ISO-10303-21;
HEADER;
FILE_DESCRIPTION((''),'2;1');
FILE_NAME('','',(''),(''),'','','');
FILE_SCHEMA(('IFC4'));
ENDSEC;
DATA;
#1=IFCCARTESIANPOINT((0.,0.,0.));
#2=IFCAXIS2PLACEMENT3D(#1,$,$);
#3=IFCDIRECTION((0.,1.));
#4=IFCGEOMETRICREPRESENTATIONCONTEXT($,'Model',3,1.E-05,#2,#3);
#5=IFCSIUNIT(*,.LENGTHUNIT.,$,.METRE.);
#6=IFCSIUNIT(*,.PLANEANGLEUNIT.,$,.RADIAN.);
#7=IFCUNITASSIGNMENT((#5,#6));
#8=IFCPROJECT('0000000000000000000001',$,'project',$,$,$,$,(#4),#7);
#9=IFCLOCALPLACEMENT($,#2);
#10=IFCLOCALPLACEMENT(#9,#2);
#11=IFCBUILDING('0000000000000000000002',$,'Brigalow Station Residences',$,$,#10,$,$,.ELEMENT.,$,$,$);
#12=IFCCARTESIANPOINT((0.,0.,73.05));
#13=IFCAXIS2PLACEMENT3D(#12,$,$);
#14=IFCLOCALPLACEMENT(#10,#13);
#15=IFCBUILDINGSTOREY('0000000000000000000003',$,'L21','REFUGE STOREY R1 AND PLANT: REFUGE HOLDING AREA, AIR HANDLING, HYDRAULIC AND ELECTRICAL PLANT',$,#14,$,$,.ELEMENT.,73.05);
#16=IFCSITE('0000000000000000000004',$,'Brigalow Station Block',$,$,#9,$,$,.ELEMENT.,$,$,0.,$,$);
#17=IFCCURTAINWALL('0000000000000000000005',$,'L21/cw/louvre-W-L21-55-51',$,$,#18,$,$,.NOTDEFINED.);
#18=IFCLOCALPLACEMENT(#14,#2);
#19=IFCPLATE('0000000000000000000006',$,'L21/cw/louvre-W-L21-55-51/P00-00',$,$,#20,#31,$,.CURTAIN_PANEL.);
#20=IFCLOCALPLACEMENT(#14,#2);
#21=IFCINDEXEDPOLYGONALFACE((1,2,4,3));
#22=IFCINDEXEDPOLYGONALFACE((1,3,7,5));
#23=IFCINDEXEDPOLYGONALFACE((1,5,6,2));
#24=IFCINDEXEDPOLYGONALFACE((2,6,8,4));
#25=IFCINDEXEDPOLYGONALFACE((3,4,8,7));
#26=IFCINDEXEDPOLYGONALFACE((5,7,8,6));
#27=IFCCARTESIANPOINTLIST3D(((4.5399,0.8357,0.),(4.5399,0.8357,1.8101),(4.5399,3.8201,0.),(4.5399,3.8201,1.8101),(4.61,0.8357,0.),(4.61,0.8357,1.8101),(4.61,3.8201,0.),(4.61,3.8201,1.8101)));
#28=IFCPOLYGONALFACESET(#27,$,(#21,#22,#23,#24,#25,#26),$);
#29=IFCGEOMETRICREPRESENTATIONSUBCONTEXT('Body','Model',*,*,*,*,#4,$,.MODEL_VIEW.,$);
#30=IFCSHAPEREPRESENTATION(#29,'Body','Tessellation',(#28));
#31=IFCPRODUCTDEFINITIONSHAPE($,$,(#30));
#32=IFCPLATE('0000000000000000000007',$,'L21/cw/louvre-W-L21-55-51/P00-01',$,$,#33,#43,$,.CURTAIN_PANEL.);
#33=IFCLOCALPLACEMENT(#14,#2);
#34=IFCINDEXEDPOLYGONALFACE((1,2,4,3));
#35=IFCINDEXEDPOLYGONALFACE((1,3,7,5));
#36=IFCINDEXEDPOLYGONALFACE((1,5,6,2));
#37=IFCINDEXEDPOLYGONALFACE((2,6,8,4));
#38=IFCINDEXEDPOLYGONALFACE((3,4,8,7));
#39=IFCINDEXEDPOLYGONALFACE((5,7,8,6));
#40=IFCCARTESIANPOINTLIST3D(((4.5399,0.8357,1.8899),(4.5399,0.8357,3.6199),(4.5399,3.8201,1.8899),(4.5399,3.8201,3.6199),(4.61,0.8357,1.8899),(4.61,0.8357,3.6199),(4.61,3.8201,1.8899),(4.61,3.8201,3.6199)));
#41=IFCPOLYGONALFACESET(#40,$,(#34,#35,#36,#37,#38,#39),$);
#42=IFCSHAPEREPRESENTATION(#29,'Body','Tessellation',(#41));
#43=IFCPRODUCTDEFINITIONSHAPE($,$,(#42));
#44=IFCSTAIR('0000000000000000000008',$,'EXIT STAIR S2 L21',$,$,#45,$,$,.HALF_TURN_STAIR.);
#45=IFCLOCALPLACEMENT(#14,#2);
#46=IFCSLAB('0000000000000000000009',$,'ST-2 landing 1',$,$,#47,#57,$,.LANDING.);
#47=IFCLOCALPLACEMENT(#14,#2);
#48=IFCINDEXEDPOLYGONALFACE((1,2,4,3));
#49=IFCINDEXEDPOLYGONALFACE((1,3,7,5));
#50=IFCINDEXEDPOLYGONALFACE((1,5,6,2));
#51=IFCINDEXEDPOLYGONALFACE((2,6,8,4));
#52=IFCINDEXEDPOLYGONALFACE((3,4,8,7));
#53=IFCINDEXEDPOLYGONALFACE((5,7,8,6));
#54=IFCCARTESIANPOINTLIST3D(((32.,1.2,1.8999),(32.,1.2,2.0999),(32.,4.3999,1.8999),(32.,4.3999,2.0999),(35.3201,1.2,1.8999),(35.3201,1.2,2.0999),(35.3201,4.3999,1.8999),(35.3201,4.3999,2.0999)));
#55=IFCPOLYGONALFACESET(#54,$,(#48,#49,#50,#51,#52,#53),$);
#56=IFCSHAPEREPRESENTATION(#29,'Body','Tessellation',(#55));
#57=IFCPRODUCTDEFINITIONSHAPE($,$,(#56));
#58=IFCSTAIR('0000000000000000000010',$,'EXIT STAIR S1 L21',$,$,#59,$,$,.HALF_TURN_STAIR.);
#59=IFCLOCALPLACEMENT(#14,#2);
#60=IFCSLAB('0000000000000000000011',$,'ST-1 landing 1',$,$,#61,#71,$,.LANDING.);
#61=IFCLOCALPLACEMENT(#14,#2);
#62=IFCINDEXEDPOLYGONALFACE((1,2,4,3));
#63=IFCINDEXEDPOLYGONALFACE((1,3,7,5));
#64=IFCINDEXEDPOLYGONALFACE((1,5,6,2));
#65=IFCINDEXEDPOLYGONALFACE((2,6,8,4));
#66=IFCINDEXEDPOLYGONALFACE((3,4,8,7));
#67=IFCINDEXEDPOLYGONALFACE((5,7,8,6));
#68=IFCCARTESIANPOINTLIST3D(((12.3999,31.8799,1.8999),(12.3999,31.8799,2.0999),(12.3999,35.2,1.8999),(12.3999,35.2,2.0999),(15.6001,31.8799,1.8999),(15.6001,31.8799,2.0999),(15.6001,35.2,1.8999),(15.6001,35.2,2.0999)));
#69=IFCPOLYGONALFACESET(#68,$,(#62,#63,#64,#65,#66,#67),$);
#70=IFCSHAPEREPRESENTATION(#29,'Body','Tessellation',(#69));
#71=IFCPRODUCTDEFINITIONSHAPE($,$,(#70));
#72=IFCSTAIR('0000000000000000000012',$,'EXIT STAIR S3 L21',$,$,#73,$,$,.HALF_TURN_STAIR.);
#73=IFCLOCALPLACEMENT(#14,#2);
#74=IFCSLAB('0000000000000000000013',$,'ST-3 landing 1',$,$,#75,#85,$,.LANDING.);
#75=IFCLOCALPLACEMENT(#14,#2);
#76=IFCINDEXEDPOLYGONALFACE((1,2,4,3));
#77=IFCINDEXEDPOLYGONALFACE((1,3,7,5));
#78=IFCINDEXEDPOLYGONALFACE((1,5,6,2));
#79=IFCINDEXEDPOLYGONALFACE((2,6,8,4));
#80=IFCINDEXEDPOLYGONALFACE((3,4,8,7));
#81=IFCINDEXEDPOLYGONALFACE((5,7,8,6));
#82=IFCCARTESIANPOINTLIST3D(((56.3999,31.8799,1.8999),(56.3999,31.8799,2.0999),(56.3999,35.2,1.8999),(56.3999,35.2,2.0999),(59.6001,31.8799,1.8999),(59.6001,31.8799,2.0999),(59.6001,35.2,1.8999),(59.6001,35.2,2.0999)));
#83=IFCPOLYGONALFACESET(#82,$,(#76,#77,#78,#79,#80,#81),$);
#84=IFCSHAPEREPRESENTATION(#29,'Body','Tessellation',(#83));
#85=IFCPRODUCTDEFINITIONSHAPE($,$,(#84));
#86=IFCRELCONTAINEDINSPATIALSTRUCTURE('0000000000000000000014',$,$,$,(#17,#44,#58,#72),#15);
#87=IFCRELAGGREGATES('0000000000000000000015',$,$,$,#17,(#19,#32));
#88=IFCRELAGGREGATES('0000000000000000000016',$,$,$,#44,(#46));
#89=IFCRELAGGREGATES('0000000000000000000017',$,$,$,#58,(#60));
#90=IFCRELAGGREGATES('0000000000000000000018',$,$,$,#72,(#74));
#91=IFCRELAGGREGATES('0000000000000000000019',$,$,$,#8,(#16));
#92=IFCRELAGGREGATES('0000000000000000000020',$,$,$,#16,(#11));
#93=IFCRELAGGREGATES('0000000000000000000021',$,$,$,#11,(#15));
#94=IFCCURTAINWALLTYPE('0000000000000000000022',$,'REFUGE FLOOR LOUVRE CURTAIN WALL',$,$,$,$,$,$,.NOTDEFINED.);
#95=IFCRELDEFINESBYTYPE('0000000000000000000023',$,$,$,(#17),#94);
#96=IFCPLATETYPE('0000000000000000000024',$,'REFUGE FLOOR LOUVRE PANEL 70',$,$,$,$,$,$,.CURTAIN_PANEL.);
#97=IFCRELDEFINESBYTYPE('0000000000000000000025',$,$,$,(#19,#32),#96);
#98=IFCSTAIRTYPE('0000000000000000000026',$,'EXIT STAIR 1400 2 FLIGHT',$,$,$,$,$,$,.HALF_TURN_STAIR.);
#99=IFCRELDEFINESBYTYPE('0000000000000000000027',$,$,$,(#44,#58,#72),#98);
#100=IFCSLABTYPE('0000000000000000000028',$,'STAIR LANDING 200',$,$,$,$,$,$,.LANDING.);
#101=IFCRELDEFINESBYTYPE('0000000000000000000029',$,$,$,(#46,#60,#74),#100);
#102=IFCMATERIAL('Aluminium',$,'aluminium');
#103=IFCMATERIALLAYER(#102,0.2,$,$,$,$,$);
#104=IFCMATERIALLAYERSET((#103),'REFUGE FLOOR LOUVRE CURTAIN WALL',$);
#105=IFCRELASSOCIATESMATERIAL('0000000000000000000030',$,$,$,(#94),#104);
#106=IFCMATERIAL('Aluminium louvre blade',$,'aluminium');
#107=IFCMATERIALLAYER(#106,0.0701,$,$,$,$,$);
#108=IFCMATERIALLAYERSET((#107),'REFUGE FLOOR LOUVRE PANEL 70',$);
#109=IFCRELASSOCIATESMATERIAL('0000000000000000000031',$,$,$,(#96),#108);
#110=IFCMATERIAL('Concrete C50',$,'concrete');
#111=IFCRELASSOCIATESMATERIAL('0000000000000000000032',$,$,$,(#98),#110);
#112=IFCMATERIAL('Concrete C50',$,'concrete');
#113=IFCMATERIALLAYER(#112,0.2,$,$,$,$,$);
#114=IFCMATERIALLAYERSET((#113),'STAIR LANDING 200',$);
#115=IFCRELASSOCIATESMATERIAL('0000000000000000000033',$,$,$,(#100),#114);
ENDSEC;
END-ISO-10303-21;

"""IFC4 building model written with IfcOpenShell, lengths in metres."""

from ifc_helpers import new_model, si_unit, direction, frame, origin, origin_2d, place, context, subcontext, project, spatial, polyline, rectangle, outline, extrude, material, layer, layer_set, type_object, element, aggregate, save


model = new_model("IFC4")

# Units and contexts
model_context = context("Model", 3, precision=1e-05, world=origin(), true_north=direction((0.0, 1.0)))
body_context = subcontext(model_context, "Body", "Model", "MODEL_VIEW")
ifc_project = project(units=[si_unit("LENGTHUNIT", "METRE"), si_unit("PLANEANGLEUNIT", "RADIAN")], contexts=[model_context])

# Site, building, storey
site_placement = place(None, origin())
site = spatial("IfcSite", under=ifc_project, at=site_placement, Name="Brigalow Station Block", CompositionType="ELEMENT", RefElevation=0.0)
building_placement = place(site_placement, origin())
building = spatial("IfcBuilding", under=site, at=building_placement, Name="Brigalow Station Residences", CompositionType="ELEMENT")
storey_placement = place(building_placement, frame((0.0, 0.0, 73.05)))
storey = spatial("IfcBuildingStorey", under=building, at=storey_placement, Name="L21", Description="REFUGE STOREY R1 AND PLANT: REFUGE HOLDING AREA, AIR HANDLING, HYDRAULIC AND ELECTRICAL PLANT", CompositionType="ELEMENT", Elevation=73.05)

# Shared definitions
ifc_material_1 = material(Name="Aluminium", Category="aluminium")
ifc_layer_1 = layer(ifc_material_1, 0.2)
ifc_layer_set_1 = layer_set([ifc_layer_1], Name="REFUGE FLOOR LOUVRE CURTAIN WALL")
curtain_wall_type = type_object("IfcCurtainWallType", Name="REFUGE FLOOR LOUVRE CURTAIN WALL", PredefinedType="NOTDEFINED", material=ifc_layer_set_1)

# Curtain wall
curtain_wall_1_placement = place(storey_placement, origin())
curtain_wall_1 = element("IfcCurtainWall", 1, at=curtain_wall_1_placement, inside=storey, type_object=curtain_wall_type, Name="L21/cw/louvre-W-L21-55-51", PredefinedType="NOTDEFINED")

# Plates
ifc_material_2 = material(Name="Aluminium louvre blade", Category="aluminium")
ifc_layer_2 = layer(ifc_material_2, 0.0701)
ifc_layer_set_2 = layer_set([ifc_layer_2], Name="REFUGE FLOOR LOUVRE PANEL 70")
plate_type = type_object("IfcPlateType", Name="REFUGE FLOOR LOUVRE PANEL 70", PredefinedType="CURTAIN_PANEL", material=ifc_layer_set_2)
plate_1_placement = place(storey_placement, frame((4.575, 2.3279, 0.0), z_axis=(0.0, 0.0, 1.0), x_axis=(0.0, -1.0, 0.0)))
plate_1 = element("IfcPlate", 2, at=plate_1_placement, type_object=plate_type, Name="L21/cw/louvre-W-L21-55-51/P00-00", PredefinedType="CURTAIN_PANEL", context=body_context, shape_type="SweptSolid", body=[
    extrude(rectangle(XDim=2.9844, YDim=0.0701, at=origin_2d()), origin(), (0.0, 0.0, 1.0), 1.8101),
])
plate_2_placement = place(storey_placement, frame((4.575, 2.3279, 1.8899), z_axis=(0.0, 0.0, 1.0), x_axis=(0.0, -1.0, 0.0)))
plate_2 = element("IfcPlate", 3, at=plate_2_placement, type_object=plate_type, Name="L21/cw/louvre-W-L21-55-51/P00-01", PredefinedType="CURTAIN_PANEL", context=body_context, shape_type="SweptSolid", body=[
    extrude(rectangle(XDim=2.9844, YDim=0.0701, at=origin_2d()), origin(), (0.0, 0.0, 1.0), 1.73),
])
aggregate(curtain_wall_1, [plate_1, plate_2])

# Stairs, slabs
ifc_material_3 = material(Name="Concrete C50", Category="concrete")
stair_type = type_object("IfcStairType", Name="EXIT STAIR 1400 2 FLIGHT", PredefinedType="HALF_TURN_STAIR", material=ifc_material_3)
stair_1_placement = place(storey_placement, origin())
stair_1 = element("IfcStair", 4, at=stair_1_placement, inside=storey, type_object=stair_type, Name="EXIT STAIR S2 L21", PredefinedType="HALF_TURN_STAIR")
ifc_material_4 = material(Name="Concrete C50", Category="concrete")
ifc_layer_3 = layer(ifc_material_4, 0.2)
ifc_layer_set_3 = layer_set([ifc_layer_3], Name="STAIR LANDING 200")
slab_type_1 = type_object("IfcSlabType", Name="STAIR LANDING 200", PredefinedType="LANDING", material=ifc_layer_set_3)
slab_1_placement = place(storey_placement, frame((0.0, 0.0, 1.8999)))
slab_1 = element("IfcSlab", 5, at=slab_1_placement, type_object=slab_type_1, Name="ST-2 landing 1", PredefinedType="LANDING", context=body_context, shape_type="SweptSolid", body=[
    extrude(outline(polyline([(32.0, 1.2), (35.3201, 1.2), (35.3201, 4.3999), (32.0, 4.3999), (32.0, 1.2)])), origin(), (0.0, 0.0, 1.0), 0.2),
])
aggregate(stair_1, [slab_1])
stair_2_placement = place(storey_placement, origin())
stair_2 = element("IfcStair", 6, at=stair_2_placement, inside=storey, type_object=stair_type, Name="EXIT STAIR S1 L21", PredefinedType="HALF_TURN_STAIR")
slab_2_placement = place(storey_placement, frame((0.0, 0.0, 1.8999)))
slab_2 = element("IfcSlab", 7, at=slab_2_placement, type_object=slab_type_1, Name="ST-1 landing 1", PredefinedType="LANDING", context=body_context, shape_type="SweptSolid", body=[
    extrude(outline(polyline([(12.3999, 31.8799), (15.6001, 31.8799), (15.6001, 35.2), (12.3999, 35.2), (12.3999, 31.8799)])), origin(), (0.0, 0.0, 1.0), 0.2),
])
aggregate(stair_2, [slab_2])
stair_3_placement = place(storey_placement, origin())
stair_3 = element("IfcStair", 8, at=stair_3_placement, inside=storey, type_object=stair_type, Name="EXIT STAIR S3 L21", PredefinedType="HALF_TURN_STAIR")
slab_3_placement = place(storey_placement, frame((0.0, 0.0, 1.8999)))
slab_3 = element("IfcSlab", 9, at=slab_3_placement, type_object=slab_type_1, Name="ST-3 landing 1", PredefinedType="LANDING", context=body_context, shape_type="SweptSolid", body=[
    extrude(outline(polyline([(56.3999, 31.8799), (59.6001, 31.8799), (59.6001, 35.2), (56.3999, 35.2), (56.3999, 31.8799)])), origin(), (0.0, 0.0, 1.0), 0.2),
])
aggregate(stair_3, [slab_3])

save(model, "model.ifc")
